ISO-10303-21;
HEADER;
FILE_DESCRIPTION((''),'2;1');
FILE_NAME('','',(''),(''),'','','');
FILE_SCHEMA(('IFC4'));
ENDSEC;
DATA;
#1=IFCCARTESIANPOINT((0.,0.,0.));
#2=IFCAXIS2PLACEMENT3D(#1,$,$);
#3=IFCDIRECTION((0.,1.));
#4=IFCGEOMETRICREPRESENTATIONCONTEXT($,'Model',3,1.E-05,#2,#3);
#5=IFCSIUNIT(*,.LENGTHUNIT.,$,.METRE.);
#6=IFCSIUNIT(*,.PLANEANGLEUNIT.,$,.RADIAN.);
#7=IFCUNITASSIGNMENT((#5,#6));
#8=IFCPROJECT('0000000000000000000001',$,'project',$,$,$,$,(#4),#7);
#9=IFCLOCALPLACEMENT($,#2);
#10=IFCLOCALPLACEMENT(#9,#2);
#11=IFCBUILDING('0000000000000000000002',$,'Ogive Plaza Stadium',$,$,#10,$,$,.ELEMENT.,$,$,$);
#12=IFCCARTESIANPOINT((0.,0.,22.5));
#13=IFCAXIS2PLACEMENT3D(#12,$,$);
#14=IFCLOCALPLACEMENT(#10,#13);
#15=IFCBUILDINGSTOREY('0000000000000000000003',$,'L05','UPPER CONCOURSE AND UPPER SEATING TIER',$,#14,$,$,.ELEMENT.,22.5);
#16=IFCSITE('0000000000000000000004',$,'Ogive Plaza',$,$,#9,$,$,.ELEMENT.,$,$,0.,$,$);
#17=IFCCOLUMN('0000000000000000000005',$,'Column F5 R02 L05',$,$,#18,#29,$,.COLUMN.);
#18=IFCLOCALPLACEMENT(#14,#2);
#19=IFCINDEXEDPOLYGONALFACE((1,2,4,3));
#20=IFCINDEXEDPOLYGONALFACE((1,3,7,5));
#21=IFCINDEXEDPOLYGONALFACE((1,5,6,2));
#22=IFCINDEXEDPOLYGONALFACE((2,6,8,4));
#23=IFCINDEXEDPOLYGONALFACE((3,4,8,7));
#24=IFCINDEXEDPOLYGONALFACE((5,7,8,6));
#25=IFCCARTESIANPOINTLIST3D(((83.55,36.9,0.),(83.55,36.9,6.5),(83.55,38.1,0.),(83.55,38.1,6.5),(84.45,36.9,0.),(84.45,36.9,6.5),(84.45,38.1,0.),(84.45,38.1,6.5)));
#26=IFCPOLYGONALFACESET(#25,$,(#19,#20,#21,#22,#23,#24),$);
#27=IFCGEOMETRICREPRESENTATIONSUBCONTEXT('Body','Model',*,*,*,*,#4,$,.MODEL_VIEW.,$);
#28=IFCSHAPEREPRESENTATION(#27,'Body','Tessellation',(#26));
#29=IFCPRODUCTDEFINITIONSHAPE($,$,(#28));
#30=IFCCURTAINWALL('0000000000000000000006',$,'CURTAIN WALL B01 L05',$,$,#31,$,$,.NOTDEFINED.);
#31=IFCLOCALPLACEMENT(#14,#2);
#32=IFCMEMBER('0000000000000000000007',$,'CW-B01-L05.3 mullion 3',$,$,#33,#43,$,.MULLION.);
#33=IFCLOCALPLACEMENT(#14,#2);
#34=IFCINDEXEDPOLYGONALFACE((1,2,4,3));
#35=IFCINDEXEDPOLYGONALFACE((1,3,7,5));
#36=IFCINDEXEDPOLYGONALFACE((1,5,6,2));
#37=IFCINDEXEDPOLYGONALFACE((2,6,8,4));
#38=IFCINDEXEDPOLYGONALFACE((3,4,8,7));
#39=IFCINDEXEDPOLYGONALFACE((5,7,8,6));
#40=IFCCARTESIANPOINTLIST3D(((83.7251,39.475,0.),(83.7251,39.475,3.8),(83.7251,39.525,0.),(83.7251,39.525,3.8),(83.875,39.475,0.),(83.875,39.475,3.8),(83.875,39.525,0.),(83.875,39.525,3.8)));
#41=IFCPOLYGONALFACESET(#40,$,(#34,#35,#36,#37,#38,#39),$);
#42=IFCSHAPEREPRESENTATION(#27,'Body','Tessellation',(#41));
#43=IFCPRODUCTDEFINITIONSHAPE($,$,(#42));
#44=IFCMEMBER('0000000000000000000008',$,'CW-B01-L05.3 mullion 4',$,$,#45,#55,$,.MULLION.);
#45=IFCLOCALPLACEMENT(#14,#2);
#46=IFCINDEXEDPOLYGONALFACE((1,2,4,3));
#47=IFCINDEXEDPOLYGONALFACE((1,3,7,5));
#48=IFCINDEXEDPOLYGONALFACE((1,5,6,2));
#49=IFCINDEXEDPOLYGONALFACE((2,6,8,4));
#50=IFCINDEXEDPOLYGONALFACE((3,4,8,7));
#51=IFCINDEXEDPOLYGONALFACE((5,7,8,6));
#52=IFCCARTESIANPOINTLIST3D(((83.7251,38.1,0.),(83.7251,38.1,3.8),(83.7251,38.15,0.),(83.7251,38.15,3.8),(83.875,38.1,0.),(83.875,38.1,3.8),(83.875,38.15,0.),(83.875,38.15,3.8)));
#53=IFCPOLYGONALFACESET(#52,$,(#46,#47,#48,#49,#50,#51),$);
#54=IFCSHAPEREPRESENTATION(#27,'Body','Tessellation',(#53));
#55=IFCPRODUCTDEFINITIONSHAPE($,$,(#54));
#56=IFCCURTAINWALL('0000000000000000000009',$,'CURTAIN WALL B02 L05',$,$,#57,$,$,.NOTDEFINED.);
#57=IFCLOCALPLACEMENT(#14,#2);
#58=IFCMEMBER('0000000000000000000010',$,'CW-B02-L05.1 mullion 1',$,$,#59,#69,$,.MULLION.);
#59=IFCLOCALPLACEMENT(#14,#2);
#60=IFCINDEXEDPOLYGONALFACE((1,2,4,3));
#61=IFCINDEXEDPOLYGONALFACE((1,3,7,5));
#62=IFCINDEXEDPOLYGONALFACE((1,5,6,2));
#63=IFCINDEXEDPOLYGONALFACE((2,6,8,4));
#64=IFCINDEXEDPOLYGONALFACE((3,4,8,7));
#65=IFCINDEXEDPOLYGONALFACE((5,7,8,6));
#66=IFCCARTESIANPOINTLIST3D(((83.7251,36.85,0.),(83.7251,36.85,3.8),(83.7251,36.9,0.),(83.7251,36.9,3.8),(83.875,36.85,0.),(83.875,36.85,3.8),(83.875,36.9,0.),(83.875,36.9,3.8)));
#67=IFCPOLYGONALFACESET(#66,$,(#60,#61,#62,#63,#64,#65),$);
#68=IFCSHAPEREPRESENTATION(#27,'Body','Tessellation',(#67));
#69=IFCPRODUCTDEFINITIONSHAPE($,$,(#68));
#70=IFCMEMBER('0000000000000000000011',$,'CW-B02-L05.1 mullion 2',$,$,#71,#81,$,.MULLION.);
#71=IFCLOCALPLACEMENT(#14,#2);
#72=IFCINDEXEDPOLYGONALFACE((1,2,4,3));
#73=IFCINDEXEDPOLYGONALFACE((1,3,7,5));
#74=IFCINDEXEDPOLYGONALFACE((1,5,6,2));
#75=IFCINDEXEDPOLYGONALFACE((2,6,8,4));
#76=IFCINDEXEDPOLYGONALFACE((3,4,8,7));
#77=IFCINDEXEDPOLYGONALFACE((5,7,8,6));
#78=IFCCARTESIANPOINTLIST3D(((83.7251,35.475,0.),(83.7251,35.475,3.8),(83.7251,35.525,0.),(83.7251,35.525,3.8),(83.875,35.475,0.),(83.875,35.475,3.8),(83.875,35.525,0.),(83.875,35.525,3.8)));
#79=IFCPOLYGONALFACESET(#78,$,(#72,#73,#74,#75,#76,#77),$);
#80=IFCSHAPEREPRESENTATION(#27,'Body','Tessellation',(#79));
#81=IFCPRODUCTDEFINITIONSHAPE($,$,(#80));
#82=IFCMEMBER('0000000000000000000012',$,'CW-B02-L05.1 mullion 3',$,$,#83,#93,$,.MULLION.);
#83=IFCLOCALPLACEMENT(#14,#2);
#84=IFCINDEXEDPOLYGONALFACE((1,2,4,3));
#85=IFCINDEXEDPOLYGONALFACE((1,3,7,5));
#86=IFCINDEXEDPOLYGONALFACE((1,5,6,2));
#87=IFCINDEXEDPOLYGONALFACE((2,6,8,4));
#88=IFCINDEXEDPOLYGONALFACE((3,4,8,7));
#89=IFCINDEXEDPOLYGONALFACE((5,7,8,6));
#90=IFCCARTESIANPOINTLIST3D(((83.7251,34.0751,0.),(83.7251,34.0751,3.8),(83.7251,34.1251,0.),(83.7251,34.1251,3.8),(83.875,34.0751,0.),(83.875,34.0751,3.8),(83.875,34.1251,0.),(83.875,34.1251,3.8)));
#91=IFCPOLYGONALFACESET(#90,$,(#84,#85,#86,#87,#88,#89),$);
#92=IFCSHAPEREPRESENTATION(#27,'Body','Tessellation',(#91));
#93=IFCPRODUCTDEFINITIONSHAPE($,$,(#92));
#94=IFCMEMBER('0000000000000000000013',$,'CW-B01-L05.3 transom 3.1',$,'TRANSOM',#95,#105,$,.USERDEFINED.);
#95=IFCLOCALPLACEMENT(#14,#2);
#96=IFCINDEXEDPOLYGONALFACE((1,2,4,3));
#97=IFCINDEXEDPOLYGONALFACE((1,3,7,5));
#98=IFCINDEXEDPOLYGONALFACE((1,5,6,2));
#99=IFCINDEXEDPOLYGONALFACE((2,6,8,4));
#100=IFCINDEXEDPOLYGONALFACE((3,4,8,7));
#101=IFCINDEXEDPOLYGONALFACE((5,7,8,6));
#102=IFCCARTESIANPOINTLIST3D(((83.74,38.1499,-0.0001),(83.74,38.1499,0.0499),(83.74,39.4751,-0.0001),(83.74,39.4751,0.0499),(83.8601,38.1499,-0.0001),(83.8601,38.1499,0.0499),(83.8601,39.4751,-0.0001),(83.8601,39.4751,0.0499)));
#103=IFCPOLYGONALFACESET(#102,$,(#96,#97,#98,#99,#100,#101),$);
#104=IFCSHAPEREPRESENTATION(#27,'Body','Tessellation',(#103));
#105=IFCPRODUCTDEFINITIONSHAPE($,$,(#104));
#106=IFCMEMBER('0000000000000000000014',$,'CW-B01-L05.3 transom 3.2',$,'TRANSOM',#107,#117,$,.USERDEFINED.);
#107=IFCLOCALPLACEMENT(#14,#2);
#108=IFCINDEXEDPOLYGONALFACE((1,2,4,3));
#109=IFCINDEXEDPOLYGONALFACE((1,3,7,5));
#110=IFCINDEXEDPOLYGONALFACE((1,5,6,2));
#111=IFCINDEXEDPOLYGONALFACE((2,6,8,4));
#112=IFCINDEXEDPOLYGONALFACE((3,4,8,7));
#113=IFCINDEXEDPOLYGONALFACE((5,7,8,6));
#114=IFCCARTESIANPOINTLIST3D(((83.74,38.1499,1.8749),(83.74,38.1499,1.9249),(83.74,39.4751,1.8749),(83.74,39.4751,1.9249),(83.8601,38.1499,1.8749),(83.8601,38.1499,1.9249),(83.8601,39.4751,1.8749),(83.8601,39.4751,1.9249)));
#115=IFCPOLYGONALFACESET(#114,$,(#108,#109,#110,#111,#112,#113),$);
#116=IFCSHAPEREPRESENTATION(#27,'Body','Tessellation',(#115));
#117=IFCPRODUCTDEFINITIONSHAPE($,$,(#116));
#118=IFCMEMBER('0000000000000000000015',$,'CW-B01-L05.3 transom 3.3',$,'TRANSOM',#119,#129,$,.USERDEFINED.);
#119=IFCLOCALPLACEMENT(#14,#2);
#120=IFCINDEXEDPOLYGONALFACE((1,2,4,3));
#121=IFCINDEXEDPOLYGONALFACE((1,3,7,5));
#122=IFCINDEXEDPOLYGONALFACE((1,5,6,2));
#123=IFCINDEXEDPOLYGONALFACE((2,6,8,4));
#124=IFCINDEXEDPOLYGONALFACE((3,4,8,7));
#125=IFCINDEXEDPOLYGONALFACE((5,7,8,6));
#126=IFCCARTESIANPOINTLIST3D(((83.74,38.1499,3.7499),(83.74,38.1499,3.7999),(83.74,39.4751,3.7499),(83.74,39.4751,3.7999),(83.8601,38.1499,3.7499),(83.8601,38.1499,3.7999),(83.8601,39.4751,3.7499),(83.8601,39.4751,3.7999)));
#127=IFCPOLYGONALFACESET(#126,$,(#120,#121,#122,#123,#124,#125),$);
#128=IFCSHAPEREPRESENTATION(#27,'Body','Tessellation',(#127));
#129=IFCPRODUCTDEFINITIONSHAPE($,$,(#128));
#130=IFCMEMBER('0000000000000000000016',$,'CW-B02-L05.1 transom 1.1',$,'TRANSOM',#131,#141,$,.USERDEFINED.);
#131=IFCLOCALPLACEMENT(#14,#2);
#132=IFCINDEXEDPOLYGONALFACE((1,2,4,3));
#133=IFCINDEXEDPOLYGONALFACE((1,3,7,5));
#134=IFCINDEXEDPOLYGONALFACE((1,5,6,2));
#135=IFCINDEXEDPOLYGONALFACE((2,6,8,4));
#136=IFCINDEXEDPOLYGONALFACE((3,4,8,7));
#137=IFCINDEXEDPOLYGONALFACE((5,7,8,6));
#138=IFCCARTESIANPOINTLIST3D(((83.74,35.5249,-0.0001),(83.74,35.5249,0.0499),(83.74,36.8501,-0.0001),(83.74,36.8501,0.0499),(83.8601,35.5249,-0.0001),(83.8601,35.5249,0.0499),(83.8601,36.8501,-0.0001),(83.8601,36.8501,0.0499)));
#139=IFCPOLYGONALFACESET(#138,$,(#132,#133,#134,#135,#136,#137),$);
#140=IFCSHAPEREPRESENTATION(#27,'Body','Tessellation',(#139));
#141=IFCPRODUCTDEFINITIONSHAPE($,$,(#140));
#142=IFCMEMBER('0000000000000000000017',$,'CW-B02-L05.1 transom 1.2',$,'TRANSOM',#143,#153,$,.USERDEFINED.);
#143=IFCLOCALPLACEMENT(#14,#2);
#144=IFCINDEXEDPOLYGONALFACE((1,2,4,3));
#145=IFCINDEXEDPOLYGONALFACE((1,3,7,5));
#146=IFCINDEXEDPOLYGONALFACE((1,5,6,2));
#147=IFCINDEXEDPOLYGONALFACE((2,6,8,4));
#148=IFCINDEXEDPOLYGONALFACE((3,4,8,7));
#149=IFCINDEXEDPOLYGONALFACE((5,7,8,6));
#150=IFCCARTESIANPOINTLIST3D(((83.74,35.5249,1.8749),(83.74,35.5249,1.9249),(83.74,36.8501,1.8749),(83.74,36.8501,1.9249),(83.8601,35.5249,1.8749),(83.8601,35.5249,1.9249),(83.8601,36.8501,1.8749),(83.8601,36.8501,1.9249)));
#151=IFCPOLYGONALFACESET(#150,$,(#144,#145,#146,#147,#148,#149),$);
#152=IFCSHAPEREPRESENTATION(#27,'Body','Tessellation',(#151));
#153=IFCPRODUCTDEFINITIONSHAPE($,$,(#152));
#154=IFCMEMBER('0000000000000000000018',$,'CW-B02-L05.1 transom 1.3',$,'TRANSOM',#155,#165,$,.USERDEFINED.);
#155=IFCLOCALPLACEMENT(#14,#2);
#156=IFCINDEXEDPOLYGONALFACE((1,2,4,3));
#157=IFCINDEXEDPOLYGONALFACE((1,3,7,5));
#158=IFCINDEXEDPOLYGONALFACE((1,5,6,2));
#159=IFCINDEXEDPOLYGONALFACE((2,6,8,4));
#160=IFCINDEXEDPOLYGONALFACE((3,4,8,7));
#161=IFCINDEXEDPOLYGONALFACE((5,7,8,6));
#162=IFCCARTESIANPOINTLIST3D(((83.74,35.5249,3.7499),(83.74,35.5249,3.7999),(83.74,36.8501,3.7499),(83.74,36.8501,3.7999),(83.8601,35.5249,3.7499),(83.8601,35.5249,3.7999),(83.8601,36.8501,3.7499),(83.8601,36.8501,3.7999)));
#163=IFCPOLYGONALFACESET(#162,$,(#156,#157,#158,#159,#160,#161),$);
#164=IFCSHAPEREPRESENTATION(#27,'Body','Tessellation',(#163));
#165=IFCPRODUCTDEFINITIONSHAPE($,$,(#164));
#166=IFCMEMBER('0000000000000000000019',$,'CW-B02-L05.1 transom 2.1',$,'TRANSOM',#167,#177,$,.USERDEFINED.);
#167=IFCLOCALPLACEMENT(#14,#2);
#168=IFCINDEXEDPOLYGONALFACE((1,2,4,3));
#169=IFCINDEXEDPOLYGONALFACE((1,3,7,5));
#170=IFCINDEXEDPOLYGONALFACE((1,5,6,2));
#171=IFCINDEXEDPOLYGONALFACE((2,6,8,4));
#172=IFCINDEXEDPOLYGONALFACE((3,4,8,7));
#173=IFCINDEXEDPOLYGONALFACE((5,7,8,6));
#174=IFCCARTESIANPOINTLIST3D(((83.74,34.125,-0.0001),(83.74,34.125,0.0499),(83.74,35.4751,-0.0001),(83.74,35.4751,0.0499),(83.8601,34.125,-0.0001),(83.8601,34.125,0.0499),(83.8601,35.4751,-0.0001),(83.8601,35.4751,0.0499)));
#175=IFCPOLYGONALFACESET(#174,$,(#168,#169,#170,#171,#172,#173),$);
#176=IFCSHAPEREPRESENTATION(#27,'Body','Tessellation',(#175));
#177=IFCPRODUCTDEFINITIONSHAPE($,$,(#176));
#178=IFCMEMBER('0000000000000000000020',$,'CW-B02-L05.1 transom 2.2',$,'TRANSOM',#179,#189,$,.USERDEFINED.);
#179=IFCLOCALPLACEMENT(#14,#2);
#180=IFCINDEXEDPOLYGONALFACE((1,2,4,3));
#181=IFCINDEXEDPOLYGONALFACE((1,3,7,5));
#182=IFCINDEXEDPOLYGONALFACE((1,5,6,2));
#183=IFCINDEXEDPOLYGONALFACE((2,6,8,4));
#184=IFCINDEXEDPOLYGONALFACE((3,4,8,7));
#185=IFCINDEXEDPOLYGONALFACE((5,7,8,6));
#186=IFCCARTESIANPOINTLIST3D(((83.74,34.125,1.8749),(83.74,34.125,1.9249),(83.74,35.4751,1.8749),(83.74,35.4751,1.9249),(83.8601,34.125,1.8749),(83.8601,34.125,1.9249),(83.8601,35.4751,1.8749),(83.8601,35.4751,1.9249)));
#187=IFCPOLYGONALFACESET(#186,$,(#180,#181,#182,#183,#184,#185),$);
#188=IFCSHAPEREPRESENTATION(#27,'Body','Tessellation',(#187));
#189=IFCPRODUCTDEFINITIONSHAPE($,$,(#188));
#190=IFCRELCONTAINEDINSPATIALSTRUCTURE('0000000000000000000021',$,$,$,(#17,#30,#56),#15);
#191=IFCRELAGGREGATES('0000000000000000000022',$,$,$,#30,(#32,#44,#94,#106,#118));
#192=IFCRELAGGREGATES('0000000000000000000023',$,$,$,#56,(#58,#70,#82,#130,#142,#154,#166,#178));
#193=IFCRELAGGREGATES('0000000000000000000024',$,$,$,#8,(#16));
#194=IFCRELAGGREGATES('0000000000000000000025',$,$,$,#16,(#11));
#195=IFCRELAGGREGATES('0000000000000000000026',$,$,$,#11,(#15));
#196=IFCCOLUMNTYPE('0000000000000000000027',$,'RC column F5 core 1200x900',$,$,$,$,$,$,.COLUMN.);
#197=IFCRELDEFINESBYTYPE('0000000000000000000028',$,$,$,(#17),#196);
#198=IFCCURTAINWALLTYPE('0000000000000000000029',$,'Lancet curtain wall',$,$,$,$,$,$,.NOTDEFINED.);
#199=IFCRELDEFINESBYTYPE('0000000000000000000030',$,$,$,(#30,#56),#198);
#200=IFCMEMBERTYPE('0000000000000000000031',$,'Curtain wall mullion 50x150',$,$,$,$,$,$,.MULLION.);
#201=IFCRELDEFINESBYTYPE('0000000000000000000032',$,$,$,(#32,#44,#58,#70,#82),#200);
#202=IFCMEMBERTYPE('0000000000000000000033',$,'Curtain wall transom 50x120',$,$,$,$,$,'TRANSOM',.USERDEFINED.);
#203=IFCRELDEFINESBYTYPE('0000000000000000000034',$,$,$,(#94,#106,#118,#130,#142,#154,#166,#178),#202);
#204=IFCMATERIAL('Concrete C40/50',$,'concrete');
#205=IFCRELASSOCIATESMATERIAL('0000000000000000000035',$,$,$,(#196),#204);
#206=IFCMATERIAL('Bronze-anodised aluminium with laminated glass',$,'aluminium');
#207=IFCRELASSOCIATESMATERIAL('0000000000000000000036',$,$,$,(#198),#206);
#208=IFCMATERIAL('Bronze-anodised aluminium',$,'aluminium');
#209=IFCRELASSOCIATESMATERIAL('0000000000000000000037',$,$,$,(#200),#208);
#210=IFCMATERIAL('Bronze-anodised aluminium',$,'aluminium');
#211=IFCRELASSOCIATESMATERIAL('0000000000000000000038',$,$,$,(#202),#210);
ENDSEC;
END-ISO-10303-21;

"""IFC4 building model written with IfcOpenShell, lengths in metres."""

from ifc_helpers import new_model, si_unit, direction, frame, origin, origin_2d, place, context, subcontext, project, spatial, rectangle, extrude, material, material_profile, profile_set, type_object, element, aggregate, save


model = new_model("IFC4")

# Units and contexts
model_context = context("Model", 3, precision=1e-05, world=origin(), true_north=direction((0.0, 1.0)))
body_context = subcontext(model_context, "Body", "Model", "MODEL_VIEW")
ifc_project = project(units=[si_unit("LENGTHUNIT", "METRE"), si_unit("PLANEANGLEUNIT", "RADIAN")], contexts=[model_context])

# Site, building, storey
site_placement = place(None, origin())
site = spatial("IfcSite", under=ifc_project, at=site_placement, Name="Ogive Plaza", CompositionType="ELEMENT", RefElevation=0.0)
building_placement = place(site_placement, origin())
building = spatial("IfcBuilding", under=site, at=building_placement, Name="Ogive Plaza Stadium", CompositionType="ELEMENT")
storey_placement = place(building_placement, frame((0.0, 0.0, 22.5)))
storey = spatial("IfcBuildingStorey", under=building, at=storey_placement, Name="L05", Description="UPPER CONCOURSE AND UPPER SEATING TIER", CompositionType="ELEMENT", Elevation=22.5)

# Column
ifc_material_1 = material(Name="Concrete C40/50", Category="concrete")
ifc_material_profile_1 = material_profile(ifc_material_1, rectangle(XDim=1.2, YDim=0.8999, at=origin_2d()), Name="RC 1200x900")
ifc_profile_set_1 = profile_set([ifc_material_profile_1], Name="Concrete C40/50")
column_type = type_object("IfcColumnType", Name="RC column F5 core 1200x900", PredefinedType="COLUMN", material=ifc_profile_set_1)
column_placement = place(storey_placement, frame((84.0, 37.5, 0.0), z_axis=(0.0, 0.0, 1.0), x_axis=(0.0, 1.0, 0.0)))
element("IfcColumn", 1, at=column_placement, inside=storey, type_object=column_type, Name="Column F5 R02 L05", PredefinedType="COLUMN", context=body_context, shape_type="SweptSolid", body=[
    extrude(rectangle(XDim=1.2, YDim=0.8999, at=origin_2d()), origin(), (0.0, 0.0, 1.0), 6.5),
])

# Curtain walls, members
ifc_material_2 = material(Name="Bronze-anodised aluminium with laminated glass", Category="aluminium")
curtain_wall_type = type_object("IfcCurtainWallType", Name="Lancet curtain wall", PredefinedType="NOTDEFINED", material=ifc_material_2)
curtain_wall_1_placement = place(storey_placement, origin())
curtain_wall_1 = element("IfcCurtainWall", 2, at=curtain_wall_1_placement, inside=storey, type_object=curtain_wall_type, Name="CURTAIN WALL B01 L05", PredefinedType="NOTDEFINED")
ifc_material_3 = material(Name="Bronze-anodised aluminium", Category="aluminium")
ifc_material_profile_2 = material_profile(ifc_material_3, rectangle(XDim=0.1499, YDim=0.05, at=origin_2d()), Name="AL 150x50")
ifc_profile_set_2 = profile_set([ifc_material_profile_2], Name="Bronze-anodised aluminium")
member_type_1 = type_object("IfcMemberType", Name="Curtain wall mullion 50x150", PredefinedType="MULLION", material=ifc_profile_set_2)
member_1_placement = place(storey_placement, frame((83.8, 39.5, 0.0), z_axis=(0.0, 0.0, 1.0), x_axis=(1.0, 0.0, 0.0)))
member_1 = element("IfcMember", 3, at=member_1_placement, type_object=member_type_1, Name="CW-B01-L05.3 mullion 3", PredefinedType="MULLION", context=body_context, shape_type="SweptSolid", body=[
    extrude(rectangle(XDim=0.1499, YDim=0.05, at=origin_2d()), origin(), (0.0, 0.0, 1.0), 3.8),
])
member_2_placement = place(storey_placement, frame((83.8, 38.125, 0.0), z_axis=(0.0, 0.0, 1.0), x_axis=(1.0, 0.0, 0.0)))
member_2 = element("IfcMember", 4, at=member_2_placement, type_object=member_type_1, Name="CW-B01-L05.3 mullion 4", PredefinedType="MULLION", context=body_context, shape_type="SweptSolid", body=[
    extrude(rectangle(XDim=0.1499, YDim=0.05, at=origin_2d()), origin(), (0.0, 0.0, 1.0), 3.8),
])
curtain_wall_2_placement = place(storey_placement, origin())
curtain_wall_2 = element("IfcCurtainWall", 5, at=curtain_wall_2_placement, inside=storey, type_object=curtain_wall_type, Name="CURTAIN WALL B02 L05", PredefinedType="NOTDEFINED")
member_3_placement = place(storey_placement, frame((83.8, 36.875, 0.0), z_axis=(0.0, 0.0, 1.0), x_axis=(1.0, 0.0, 0.0)))
member_3 = element("IfcMember", 6, at=member_3_placement, type_object=member_type_1, Name="CW-B02-L05.1 mullion 1", PredefinedType="MULLION", context=body_context, shape_type="SweptSolid", body=[
    extrude(rectangle(XDim=0.1499, YDim=0.05, at=origin_2d()), origin(), (0.0, 0.0, 1.0), 3.8),
])
member_4_placement = place(storey_placement, frame((83.8, 35.5, 0.0), z_axis=(0.0, 0.0, 1.0), x_axis=(1.0, 0.0, 0.0)))
member_4 = element("IfcMember", 7, at=member_4_placement, type_object=member_type_1, Name="CW-B02-L05.1 mullion 2", PredefinedType="MULLION", context=body_context, shape_type="SweptSolid", body=[
    extrude(rectangle(XDim=0.1499, YDim=0.05, at=origin_2d()), origin(), (0.0, 0.0, 1.0), 3.8),
])
member_5_placement = place(storey_placement, frame((83.8, 34.1001, 0.0), z_axis=(0.0, 0.0, 1.0), x_axis=(1.0, 0.0, 0.0)))
member_5 = element("IfcMember", 8, at=member_5_placement, type_object=member_type_1, Name="CW-B02-L05.1 mullion 3", PredefinedType="MULLION", context=body_context, shape_type="SweptSolid", body=[
    extrude(rectangle(XDim=0.1499, YDim=0.05, at=origin_2d()), origin(), (0.0, 0.0, 1.0), 3.8),
])

# Members
ifc_material_4 = material(Name="Bronze-anodised aluminium", Category="aluminium")
ifc_material_profile_3 = material_profile(ifc_material_4, rectangle(XDim=0.1201, YDim=0.05, at=origin_2d()), Name="AL 120x50")
ifc_profile_set_3 = profile_set([ifc_material_profile_3], Name="Bronze-anodised aluminium")
member_type_2 = type_object("IfcMemberType", Name="Curtain wall transom 50x120", ElementType="TRANSOM", PredefinedType="USERDEFINED", material=ifc_profile_set_3)
member_6_placement = place(storey_placement, frame((83.8, 39.4751, 0.0249), z_axis=(0.0, -1.0, 0.0), x_axis=(1.0, 0.0, 0.0)))
member_6 = element("IfcMember", 9, at=member_6_placement, type_object=member_type_2, Name="CW-B01-L05.3 transom 3.1", ObjectType="TRANSOM", PredefinedType="USERDEFINED", context=body_context, shape_type="SweptSolid", body=[
    extrude(rectangle(XDim=0.1201, YDim=0.05, at=origin_2d()), origin(), (0.0, 0.0, 1.0), 1.3252),
])
member_7_placement = place(storey_placement, frame((83.8, 39.4751, 1.8999), z_axis=(0.0, -1.0, 0.0), x_axis=(1.0, 0.0, 0.0)))
member_7 = element("IfcMember", 10, at=member_7_placement, type_object=member_type_2, Name="CW-B01-L05.3 transom 3.2", ObjectType="TRANSOM", PredefinedType="USERDEFINED", context=body_context, shape_type="SweptSolid", body=[
    extrude(rectangle(XDim=0.1201, YDim=0.05, at=origin_2d()), origin(), (0.0, 0.0, 1.0), 1.3252),
])
member_8_placement = place(storey_placement, frame((83.8, 39.4751, 3.7749), z_axis=(0.0, -1.0, 0.0), x_axis=(1.0, 0.0, 0.0)))
member_8 = element("IfcMember", 11, at=member_8_placement, type_object=member_type_2, Name="CW-B01-L05.3 transom 3.3", ObjectType="TRANSOM", PredefinedType="USERDEFINED", context=body_context, shape_type="SweptSolid", body=[
    extrude(rectangle(XDim=0.1201, YDim=0.05, at=origin_2d()), origin(), (0.0, 0.0, 1.0), 1.3252),
])
member_9_placement = place(storey_placement, frame((83.8, 36.8501, 0.0249), z_axis=(0.0, -1.0, 0.0), x_axis=(1.0, 0.0, 0.0)))
member_9 = element("IfcMember", 12, at=member_9_placement, type_object=member_type_2, Name="CW-B02-L05.1 transom 1.1", ObjectType="TRANSOM", PredefinedType="USERDEFINED", context=body_context, shape_type="SweptSolid", body=[
    extrude(rectangle(XDim=0.1201, YDim=0.05, at=origin_2d()), origin(), (0.0, 0.0, 1.0), 1.3252),
])
member_10_placement = place(storey_placement, frame((83.8, 36.8501, 1.8999), z_axis=(0.0, -1.0, 0.0), x_axis=(1.0, 0.0, 0.0)))
member_10 = element("IfcMember", 13, at=member_10_placement, type_object=member_type_2, Name="CW-B02-L05.1 transom 1.2", ObjectType="TRANSOM", PredefinedType="USERDEFINED", context=body_context, shape_type="SweptSolid", body=[
    extrude(rectangle(XDim=0.1201, YDim=0.05, at=origin_2d()), origin(), (0.0, 0.0, 1.0), 1.3252),
])
member_11_placement = place(storey_placement, frame((83.8, 36.8501, 3.7749), z_axis=(0.0, -1.0, 0.0), x_axis=(1.0, 0.0, 0.0)))
member_11 = element("IfcMember", 14, at=member_11_placement, type_object=member_type_2, Name="CW-B02-L05.1 transom 1.3", ObjectType="TRANSOM", PredefinedType="USERDEFINED", context=body_context, shape_type="SweptSolid", body=[
    extrude(rectangle(XDim=0.1201, YDim=0.05, at=origin_2d()), origin(), (0.0, 0.0, 1.0), 1.3252),
])
member_12_placement = place(storey_placement, frame((83.8, 35.4751, 0.0249), z_axis=(0.0, -1.0, 0.0), x_axis=(1.0, 0.0, 0.0)))
member_12 = element("IfcMember", 15, at=member_12_placement, type_object=member_type_2, Name="CW-B02-L05.1 transom 2.1", ObjectType="TRANSOM", PredefinedType="USERDEFINED", context=body_context, shape_type="SweptSolid", body=[
    extrude(rectangle(XDim=0.1201, YDim=0.05, at=origin_2d()), origin(), (0.0, 0.0, 1.0), 1.3501),
])
member_13_placement = place(storey_placement, frame((83.8, 35.4751, 1.8999), z_axis=(0.0, -1.0, 0.0), x_axis=(1.0, 0.0, 0.0)))
member_13 = element("IfcMember", 16, at=member_13_placement, type_object=member_type_2, Name="CW-B02-L05.1 transom 2.2", ObjectType="TRANSOM", PredefinedType="USERDEFINED", context=body_context, shape_type="SweptSolid", body=[
    extrude(rectangle(XDim=0.1201, YDim=0.05, at=origin_2d()), origin(), (0.0, 0.0, 1.0), 1.3501),
])

aggregate(curtain_wall_1, [member_1, member_2, member_6, member_7, member_8])
aggregate(curtain_wall_2, [member_3, member_4, member_5, member_9, member_10, member_11, member_12, member_13])

save(model, "model.ifc")
